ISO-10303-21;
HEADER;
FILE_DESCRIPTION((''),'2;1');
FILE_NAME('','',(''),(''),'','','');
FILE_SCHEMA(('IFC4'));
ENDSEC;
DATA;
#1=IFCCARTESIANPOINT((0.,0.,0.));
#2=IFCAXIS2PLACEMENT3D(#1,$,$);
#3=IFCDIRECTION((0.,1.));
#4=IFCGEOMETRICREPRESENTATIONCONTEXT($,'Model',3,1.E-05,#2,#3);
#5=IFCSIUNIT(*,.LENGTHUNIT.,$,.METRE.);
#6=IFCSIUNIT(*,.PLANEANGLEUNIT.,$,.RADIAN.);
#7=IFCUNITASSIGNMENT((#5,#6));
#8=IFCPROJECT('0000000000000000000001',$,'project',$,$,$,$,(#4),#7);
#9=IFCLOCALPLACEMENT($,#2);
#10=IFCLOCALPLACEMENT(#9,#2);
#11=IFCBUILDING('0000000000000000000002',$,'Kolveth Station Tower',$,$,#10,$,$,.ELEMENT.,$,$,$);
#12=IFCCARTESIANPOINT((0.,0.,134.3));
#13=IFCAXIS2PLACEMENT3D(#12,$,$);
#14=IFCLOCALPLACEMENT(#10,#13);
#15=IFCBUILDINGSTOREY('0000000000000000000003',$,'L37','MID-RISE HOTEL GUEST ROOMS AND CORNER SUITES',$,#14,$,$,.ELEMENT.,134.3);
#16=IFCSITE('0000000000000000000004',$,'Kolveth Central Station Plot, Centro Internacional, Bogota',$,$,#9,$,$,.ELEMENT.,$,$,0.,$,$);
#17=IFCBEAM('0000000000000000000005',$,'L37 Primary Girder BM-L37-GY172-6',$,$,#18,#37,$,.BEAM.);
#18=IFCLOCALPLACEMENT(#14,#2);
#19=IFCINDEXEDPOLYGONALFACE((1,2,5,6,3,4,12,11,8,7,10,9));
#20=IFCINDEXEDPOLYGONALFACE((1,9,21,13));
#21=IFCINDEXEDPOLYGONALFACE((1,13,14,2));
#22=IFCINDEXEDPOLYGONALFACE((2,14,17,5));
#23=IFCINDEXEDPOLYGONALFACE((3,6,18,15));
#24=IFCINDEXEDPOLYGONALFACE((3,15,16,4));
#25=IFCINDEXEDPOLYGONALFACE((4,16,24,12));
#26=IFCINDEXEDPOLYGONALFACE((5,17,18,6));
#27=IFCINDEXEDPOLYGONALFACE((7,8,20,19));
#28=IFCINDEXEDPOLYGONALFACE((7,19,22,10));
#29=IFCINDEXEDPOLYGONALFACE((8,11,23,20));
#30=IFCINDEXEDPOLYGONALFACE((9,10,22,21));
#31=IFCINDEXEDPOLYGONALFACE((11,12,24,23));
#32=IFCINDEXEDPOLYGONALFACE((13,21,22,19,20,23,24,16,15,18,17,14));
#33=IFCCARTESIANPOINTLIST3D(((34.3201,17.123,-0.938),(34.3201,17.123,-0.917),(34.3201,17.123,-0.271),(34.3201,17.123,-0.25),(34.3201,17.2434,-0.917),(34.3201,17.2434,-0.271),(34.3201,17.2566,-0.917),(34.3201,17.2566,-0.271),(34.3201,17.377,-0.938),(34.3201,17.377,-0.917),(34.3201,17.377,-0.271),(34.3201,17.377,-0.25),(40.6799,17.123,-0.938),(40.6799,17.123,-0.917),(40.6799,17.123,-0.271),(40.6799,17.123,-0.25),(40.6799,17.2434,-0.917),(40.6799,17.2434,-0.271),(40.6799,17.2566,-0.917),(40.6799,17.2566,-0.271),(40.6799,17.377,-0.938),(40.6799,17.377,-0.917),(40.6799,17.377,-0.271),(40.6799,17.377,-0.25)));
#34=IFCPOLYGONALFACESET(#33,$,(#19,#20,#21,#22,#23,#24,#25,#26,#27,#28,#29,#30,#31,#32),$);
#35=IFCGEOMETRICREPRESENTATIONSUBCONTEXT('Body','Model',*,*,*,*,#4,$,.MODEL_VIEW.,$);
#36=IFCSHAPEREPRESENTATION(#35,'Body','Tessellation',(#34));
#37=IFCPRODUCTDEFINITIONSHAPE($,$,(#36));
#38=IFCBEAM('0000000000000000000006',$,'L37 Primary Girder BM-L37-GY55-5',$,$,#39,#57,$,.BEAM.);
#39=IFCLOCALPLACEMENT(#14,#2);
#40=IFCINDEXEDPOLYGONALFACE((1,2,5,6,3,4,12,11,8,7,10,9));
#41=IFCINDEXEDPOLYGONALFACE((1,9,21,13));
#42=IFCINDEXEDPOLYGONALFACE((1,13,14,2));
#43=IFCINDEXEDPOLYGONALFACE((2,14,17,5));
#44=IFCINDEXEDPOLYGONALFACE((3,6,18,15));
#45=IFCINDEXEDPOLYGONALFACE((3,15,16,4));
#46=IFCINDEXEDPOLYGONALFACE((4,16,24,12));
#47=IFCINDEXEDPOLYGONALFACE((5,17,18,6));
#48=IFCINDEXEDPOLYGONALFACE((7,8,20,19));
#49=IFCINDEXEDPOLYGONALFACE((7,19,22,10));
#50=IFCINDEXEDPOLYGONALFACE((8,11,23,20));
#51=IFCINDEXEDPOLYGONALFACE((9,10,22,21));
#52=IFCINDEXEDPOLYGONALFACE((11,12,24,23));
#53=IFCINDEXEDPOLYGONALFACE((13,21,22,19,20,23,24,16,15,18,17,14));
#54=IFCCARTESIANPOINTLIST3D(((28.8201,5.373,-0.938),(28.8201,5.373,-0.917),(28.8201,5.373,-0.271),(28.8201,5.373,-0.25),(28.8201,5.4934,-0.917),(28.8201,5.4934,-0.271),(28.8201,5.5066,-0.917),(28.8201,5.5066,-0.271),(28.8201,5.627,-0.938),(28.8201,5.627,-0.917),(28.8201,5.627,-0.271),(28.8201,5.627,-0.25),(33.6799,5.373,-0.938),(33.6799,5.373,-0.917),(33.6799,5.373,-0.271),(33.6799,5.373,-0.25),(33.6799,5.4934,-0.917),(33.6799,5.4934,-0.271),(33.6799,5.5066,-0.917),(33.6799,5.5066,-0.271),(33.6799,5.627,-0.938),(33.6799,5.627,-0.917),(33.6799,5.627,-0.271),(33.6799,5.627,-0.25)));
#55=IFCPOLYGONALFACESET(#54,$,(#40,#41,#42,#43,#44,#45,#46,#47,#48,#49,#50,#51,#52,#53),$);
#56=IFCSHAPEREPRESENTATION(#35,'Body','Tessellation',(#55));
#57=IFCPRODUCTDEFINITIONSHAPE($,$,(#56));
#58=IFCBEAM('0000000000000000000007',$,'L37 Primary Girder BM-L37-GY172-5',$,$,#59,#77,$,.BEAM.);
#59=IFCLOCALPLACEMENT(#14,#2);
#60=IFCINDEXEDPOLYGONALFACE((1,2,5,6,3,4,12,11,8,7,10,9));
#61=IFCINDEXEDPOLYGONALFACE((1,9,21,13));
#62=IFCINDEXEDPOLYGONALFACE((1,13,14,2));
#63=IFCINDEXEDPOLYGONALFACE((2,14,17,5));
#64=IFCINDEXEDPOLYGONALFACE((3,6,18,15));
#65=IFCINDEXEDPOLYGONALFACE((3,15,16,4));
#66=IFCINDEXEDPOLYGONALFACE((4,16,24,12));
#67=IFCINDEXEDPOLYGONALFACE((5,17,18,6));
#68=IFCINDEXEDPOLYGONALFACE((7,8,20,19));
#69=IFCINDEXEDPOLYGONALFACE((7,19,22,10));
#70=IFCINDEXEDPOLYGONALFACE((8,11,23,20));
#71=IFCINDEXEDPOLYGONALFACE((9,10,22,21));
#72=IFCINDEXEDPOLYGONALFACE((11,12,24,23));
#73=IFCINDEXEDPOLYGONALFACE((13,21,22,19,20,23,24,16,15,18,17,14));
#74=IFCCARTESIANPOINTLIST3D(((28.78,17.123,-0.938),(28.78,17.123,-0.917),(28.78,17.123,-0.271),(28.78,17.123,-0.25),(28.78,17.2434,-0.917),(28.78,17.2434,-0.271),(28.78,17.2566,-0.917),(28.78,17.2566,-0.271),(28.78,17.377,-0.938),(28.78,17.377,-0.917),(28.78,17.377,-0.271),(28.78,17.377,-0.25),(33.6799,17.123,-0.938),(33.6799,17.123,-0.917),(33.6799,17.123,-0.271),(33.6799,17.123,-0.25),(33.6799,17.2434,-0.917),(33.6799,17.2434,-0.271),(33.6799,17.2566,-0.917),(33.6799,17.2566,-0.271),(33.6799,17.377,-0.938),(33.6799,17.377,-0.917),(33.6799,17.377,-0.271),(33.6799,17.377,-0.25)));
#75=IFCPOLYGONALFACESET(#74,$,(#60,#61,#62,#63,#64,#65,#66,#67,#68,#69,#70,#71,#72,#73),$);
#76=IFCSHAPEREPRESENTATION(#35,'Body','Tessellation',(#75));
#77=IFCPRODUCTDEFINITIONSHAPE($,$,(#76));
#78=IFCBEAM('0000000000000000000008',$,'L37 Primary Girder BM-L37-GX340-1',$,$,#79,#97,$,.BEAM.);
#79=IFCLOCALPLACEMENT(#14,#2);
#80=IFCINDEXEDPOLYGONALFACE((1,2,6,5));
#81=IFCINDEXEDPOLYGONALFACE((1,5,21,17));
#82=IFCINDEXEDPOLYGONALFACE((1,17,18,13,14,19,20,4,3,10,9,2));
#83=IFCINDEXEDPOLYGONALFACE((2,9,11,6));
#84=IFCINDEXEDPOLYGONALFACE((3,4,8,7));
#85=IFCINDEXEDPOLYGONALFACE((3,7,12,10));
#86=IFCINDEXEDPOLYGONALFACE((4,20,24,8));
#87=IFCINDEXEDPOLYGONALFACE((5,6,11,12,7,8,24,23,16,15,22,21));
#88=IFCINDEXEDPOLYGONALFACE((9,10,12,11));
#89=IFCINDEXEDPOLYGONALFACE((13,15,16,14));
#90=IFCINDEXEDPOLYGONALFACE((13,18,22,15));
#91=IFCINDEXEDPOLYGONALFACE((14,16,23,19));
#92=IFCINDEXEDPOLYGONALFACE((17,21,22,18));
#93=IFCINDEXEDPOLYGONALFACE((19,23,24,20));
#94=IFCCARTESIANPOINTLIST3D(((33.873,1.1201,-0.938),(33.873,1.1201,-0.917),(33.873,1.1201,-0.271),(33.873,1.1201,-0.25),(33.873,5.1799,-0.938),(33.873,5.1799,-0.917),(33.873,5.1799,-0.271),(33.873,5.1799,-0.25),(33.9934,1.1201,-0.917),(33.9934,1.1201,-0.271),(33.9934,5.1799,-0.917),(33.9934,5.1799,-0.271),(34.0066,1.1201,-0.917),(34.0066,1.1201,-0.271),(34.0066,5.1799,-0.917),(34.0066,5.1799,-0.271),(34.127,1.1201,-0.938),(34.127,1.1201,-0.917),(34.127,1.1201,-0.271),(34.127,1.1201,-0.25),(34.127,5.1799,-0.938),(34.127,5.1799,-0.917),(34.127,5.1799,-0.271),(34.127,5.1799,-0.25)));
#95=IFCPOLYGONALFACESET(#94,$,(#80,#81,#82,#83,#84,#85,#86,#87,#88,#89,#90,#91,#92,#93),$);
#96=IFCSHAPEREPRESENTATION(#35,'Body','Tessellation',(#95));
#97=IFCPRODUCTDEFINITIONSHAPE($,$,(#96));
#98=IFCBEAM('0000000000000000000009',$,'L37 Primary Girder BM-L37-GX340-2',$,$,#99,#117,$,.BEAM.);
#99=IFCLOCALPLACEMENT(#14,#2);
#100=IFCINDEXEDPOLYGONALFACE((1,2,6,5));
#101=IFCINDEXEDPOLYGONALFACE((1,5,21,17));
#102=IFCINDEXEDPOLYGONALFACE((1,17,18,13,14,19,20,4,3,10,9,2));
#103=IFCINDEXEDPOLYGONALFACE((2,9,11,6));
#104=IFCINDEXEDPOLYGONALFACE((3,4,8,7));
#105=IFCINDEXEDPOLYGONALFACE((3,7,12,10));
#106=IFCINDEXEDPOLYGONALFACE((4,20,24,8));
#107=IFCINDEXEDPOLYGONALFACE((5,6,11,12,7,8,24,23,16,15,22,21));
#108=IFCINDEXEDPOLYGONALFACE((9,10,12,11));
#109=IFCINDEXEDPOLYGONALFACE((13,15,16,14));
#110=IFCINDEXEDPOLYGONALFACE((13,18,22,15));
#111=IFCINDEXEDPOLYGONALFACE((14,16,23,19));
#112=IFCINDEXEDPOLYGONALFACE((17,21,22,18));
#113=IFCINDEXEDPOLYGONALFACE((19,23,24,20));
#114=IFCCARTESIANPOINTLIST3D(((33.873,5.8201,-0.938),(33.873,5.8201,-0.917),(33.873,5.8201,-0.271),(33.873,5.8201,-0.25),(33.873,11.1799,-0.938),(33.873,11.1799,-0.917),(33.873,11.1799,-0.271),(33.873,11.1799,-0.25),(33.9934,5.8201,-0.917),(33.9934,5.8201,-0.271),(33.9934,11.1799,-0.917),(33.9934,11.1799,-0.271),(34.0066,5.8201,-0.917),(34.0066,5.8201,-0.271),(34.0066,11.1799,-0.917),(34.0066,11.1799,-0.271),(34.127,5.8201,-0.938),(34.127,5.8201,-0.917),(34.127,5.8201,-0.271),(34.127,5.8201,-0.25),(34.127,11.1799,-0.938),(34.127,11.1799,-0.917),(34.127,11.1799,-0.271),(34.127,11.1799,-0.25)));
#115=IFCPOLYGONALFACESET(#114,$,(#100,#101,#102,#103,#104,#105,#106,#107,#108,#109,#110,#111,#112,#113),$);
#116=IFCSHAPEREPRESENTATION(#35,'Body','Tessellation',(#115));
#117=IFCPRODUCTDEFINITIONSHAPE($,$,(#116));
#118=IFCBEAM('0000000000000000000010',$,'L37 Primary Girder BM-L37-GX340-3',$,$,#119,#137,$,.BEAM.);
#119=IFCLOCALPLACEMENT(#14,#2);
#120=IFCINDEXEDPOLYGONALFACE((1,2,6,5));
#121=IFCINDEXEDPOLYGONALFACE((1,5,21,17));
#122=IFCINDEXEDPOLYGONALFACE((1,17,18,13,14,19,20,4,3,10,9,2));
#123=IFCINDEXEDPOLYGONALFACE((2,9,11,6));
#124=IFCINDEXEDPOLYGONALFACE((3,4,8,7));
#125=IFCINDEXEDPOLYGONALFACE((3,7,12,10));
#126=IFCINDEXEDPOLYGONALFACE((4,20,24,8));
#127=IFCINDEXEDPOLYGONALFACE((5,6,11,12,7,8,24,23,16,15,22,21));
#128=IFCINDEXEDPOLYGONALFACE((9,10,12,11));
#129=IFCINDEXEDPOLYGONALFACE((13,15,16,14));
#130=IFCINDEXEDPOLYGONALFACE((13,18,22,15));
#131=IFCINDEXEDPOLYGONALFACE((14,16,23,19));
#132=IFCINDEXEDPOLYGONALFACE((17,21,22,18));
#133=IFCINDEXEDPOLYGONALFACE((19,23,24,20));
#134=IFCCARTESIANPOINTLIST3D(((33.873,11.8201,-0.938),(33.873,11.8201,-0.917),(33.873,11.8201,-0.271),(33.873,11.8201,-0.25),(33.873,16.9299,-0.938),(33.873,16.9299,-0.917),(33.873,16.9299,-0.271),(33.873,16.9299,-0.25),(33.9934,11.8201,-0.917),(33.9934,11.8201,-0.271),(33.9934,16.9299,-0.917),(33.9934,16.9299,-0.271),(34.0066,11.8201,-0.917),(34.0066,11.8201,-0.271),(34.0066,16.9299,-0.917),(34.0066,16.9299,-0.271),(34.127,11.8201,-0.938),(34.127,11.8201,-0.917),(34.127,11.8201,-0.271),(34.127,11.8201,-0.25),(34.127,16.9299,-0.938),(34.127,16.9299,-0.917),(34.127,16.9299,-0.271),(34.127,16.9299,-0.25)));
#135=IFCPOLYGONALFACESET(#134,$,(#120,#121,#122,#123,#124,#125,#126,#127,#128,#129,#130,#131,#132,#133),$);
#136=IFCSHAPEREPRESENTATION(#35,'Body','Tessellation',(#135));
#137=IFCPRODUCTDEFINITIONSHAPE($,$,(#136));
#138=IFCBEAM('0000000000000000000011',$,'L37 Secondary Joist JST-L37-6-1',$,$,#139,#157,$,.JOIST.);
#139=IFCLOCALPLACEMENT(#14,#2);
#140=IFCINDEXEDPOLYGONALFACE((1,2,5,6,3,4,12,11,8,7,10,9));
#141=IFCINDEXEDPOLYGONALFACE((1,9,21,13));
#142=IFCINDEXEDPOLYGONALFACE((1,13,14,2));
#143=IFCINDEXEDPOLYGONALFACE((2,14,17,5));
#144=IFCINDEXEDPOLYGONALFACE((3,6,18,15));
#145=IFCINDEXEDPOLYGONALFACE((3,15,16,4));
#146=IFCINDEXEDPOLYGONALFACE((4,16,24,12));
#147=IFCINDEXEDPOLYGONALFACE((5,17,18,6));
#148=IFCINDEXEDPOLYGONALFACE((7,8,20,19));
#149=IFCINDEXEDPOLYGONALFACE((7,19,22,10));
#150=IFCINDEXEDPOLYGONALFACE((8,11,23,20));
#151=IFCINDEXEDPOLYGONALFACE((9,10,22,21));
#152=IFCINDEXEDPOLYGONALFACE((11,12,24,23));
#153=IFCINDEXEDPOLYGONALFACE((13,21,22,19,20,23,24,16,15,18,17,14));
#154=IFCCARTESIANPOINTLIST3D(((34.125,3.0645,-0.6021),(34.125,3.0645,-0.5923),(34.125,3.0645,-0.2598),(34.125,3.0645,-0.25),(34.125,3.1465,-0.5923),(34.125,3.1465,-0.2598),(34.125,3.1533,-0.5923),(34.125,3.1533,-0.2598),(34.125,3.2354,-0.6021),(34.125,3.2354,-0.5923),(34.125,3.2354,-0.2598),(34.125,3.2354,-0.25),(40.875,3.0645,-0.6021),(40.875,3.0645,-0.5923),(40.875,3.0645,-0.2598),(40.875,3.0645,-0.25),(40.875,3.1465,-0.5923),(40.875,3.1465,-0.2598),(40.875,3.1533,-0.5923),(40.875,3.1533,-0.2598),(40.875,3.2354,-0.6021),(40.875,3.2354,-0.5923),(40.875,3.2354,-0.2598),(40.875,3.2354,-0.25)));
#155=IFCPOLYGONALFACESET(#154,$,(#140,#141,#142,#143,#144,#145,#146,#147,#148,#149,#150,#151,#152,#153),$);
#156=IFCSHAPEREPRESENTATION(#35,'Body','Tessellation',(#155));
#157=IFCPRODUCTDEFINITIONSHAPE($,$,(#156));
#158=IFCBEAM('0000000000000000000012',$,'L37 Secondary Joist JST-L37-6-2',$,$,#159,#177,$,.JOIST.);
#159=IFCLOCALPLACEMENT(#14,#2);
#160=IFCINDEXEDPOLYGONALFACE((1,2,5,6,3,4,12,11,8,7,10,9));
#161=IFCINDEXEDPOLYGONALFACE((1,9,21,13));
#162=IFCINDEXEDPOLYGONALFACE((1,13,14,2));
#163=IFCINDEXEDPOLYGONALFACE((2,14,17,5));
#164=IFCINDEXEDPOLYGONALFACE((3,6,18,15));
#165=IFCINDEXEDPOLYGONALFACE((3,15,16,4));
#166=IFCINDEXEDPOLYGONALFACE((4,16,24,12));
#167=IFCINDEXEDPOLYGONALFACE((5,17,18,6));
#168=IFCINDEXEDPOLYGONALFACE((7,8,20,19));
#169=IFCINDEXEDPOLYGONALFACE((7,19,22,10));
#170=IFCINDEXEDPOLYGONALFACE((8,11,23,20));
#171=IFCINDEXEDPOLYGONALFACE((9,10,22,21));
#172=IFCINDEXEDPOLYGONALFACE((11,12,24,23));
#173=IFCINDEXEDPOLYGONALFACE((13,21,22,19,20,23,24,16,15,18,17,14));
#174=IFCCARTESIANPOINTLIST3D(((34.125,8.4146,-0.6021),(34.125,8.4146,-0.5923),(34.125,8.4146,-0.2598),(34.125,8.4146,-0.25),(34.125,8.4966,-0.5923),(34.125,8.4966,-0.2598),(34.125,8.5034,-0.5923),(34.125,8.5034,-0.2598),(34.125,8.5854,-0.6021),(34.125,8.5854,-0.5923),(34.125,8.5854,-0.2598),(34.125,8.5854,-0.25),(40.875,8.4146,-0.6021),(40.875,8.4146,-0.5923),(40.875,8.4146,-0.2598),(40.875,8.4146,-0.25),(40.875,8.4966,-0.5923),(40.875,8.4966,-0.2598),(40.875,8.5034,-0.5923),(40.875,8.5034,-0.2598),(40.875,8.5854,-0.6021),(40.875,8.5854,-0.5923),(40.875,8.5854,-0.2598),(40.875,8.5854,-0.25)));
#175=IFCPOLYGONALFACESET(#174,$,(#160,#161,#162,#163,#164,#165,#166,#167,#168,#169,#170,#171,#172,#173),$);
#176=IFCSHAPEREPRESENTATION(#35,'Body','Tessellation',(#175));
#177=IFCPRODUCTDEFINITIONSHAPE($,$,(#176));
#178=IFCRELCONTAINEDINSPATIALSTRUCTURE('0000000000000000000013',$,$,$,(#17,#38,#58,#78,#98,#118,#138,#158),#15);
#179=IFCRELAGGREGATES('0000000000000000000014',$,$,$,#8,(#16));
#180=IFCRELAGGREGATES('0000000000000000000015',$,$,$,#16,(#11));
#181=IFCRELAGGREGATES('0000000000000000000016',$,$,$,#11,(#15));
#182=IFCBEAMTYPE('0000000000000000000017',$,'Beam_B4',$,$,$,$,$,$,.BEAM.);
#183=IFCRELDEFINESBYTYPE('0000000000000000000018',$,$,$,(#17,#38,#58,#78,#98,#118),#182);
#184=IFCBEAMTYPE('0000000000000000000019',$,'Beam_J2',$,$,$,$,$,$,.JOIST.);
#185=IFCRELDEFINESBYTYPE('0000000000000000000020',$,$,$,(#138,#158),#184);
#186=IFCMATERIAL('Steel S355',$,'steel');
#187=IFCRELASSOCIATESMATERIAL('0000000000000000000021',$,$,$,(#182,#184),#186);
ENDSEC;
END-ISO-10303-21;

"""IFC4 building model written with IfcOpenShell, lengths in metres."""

from ifc_helpers import new_model, si_unit, direction, frame, origin, origin_2d, place, context, subcontext, project, spatial, i_section, extrude, source, transform, mapped, material, material_profile, profile_set, type_object, element, save


model = new_model("IFC4")

# Units and contexts
model_context = context("Model", 3, precision=1e-05, world=origin(), true_north=direction((0.0, 1.0)))
body_context = subcontext(model_context, "Body", "Model", "MODEL_VIEW")
ifc_project = project(units=[si_unit("LENGTHUNIT", "METRE"), si_unit("PLANEANGLEUNIT", "RADIAN")], contexts=[model_context])

# Site, building, storey
site_placement = place(None, origin())
site = spatial("IfcSite", under=ifc_project, at=site_placement, Name="Kolveth Central Station Plot, Centro Internacional, Bogota", CompositionType="ELEMENT", RefElevation=0.0)
building_placement = place(site_placement, origin())
building = spatial("IfcBuilding", under=site, at=building_placement, Name="Kolveth Station Tower", CompositionType="ELEMENT")
storey_placement = place(building_placement, frame((0.0, 0.0, 134.3)))
storey = spatial("IfcBuildingStorey", under=building, at=storey_placement, Name="L37", Description="MID-RISE HOTEL GUEST ROOMS AND CORNER SUITES", CompositionType="ELEMENT", Elevation=134.3)

# Beams
ifc_material_1 = material(Name="Steel S355", Category="steel")
ifc_material_profile_1 = material_profile(ifc_material_1, i_section(OverallWidth=0.2539, OverallDepth=0.688, WebThickness=0.0132, FlangeThickness=0.021, at=origin_2d()), Name="W690x152")
ifc_profile_set_1 = profile_set([ifc_material_profile_1], Name="Steel S355")
beam_type_1 = type_object("IfcBeamType", Name="Beam_B4", PredefinedType="BEAM", material=ifc_profile_set_1)
shared_shape_1 = source(origin(), body_context, "Body", "SweptSolid", [
    extrude(i_section(OverallWidth=0.2539, OverallDepth=0.688, WebThickness=0.0132, FlangeThickness=0.021, at=origin_2d()), origin(), (0.0, 0.0, 1.0), 6.3599),
])
for number, where, z_axis, x_axis, name in (
    (1, (34.3201, 17.25, -0.594), (1.0, 0.0, 0.0), (0.0, 1.0, 0.0), "L37 Primary Girder BM-L37-GY172-6"),
):
    element("IfcBeam", number, at=place(storey_placement, frame(where, z_axis=z_axis, x_axis=x_axis)), inside=storey, type_object=beam_type_1, Name=name, PredefinedType="BEAM", context=body_context, shape_type="MappedRepresentation", body=[
        mapped(shared_shape_1, transform((0.0, 0.0, 0.0), x_axis=(1.0, 0.0, 0.0), y_axis=(0.0, 1.0, 0.0), z_axis=(0.0, 0.0, 1.0), scale=1.0)),
    ])
shared_shape_2 = source(origin(), body_context, "Body", "SweptSolid", [
    extrude(i_section(OverallWidth=0.2539, OverallDepth=0.688, WebThickness=0.0132, FlangeThickness=0.021, at=origin_2d()), origin(), (0.0, 0.0, 1.0), 4.8599),
])
beam_1_placement = place(storey_placement, frame((28.8201, 5.5, -0.594), z_axis=(1.0, 0.0, 0.0), x_axis=(0.0, 1.0, 0.0)))
element("IfcBeam", 2, at=beam_1_placement, inside=storey, type_object=beam_type_1, Name="L37 Primary Girder BM-L37-GY55-5", PredefinedType="BEAM", context=body_context, shape_type="MappedRepresentation", body=[
    mapped(shared_shape_2, transform((0.0, 0.0, 0.0), x_axis=(1.0, 0.0, 0.0), y_axis=(0.0, 1.0, 0.0), z_axis=(0.0, 0.0, 1.0), scale=1.0)),
])
shared_shape_3 = source(origin(), body_context, "Body", "SweptSolid", [
    extrude(i_section(OverallWidth=0.2539, OverallDepth=0.688, WebThickness=0.0132, FlangeThickness=0.021, at=origin_2d()), origin(), (0.0, 0.0, 1.0), 4.8999),
])
beam_2_placement = place(storey_placement, frame((28.78, 17.25, -0.594), z_axis=(1.0, 0.0, 0.0), x_axis=(0.0, 1.0, 0.0)))
element("IfcBeam", 3, at=beam_2_placement, inside=storey, type_object=beam_type_1, Name="L37 Primary Girder BM-L37-GY172-5", PredefinedType="BEAM", context=body_context, shape_type="MappedRepresentation", body=[
    mapped(shared_shape_3, transform((0.0, 0.0, 0.0), x_axis=(1.0, 0.0, 0.0), y_axis=(0.0, 1.0, 0.0), z_axis=(0.0, 0.0, 1.0), scale=1.0)),
])
shared_shape_4 = source(origin(), body_context, "Body", "SweptSolid", [
    extrude(i_section(OverallWidth=0.2539, OverallDepth=0.688, WebThickness=0.0132, FlangeThickness=0.021, at=origin_2d()), origin(), (0.0, 0.0, 1.0), 4.0598),
])
beam_3_placement = place(storey_placement, frame((34.0, 1.1201, -0.594), z_axis=(0.0, 1.0, 0.0), x_axis=(-1.0, 0.0, 0.0)))
element("IfcBeam", 4, at=beam_3_placement, inside=storey, type_object=beam_type_1, Name="L37 Primary Girder BM-L37-GX340-1", PredefinedType="BEAM", context=body_context, shape_type="MappedRepresentation", body=[
    mapped(shared_shape_4, transform((0.0, 0.0, 0.0), x_axis=(1.0, 0.0, 0.0), y_axis=(0.0, 1.0, 0.0), z_axis=(0.0, 0.0, 1.0), scale=1.0)),
])
shared_shape_5 = source(origin(), body_context, "Body", "SweptSolid", [
    extrude(i_section(OverallWidth=0.2539, OverallDepth=0.688, WebThickness=0.0132, FlangeThickness=0.021, at=origin_2d()), origin(), (0.0, 0.0, 1.0), 5.3599),
])
beam_4_placement = place(storey_placement, frame((34.0, 5.8201, -0.594), z_axis=(0.0, 1.0, 0.0), x_axis=(-1.0, 0.0, 0.0)))
element("IfcBeam", 5, at=beam_4_placement, inside=storey, type_object=beam_type_1, Name="L37 Primary Girder BM-L37-GX340-2", PredefinedType="BEAM", context=body_context, shape_type="MappedRepresentation", body=[
    mapped(shared_shape_5, transform((0.0, 0.0, 0.0), x_axis=(1.0, 0.0, 0.0), y_axis=(0.0, 1.0, 0.0), z_axis=(0.0, 0.0, 1.0), scale=1.0)),
])
shared_shape_6 = source(origin(), body_context, "Body", "SweptSolid", [
    extrude(i_section(OverallWidth=0.2539, OverallDepth=0.688, WebThickness=0.0132, FlangeThickness=0.021, at=origin_2d()), origin(), (0.0, 0.0, 1.0), 5.1099),
])
beam_5_placement = place(storey_placement, frame((34.0, 11.8201, -0.594), z_axis=(0.0, 1.0, 0.0), x_axis=(-1.0, 0.0, 0.0)))
element("IfcBeam", 6, at=beam_5_placement, inside=storey, type_object=beam_type_1, Name="L37 Primary Girder BM-L37-GX340-3", PredefinedType="BEAM", context=body_context, shape_type="MappedRepresentation", body=[
    mapped(shared_shape_6, transform((0.0, 0.0, 0.0), x_axis=(1.0, 0.0, 0.0), y_axis=(0.0, 1.0, 0.0), z_axis=(0.0, 0.0, 1.0), scale=1.0)),
])
ifc_material_profile_2 = material_profile(ifc_material_1, i_section(OverallWidth=0.1709, OverallDepth=0.3521, WebThickness=0.0068, FlangeThickness=0.0098, at=origin_2d()), Name="W360x44")
ifc_profile_set_2 = profile_set([ifc_material_profile_2], Name="Steel S355")
beam_type_2 = type_object("IfcBeamType", Name="Beam_J2", PredefinedType="JOIST", material=ifc_profile_set_2)
shared_shape_7 = source(origin(), body_context, "Body", "SweptSolid", [
    extrude(i_section(OverallWidth=0.1709, OverallDepth=0.3521, WebThickness=0.0068, FlangeThickness=0.0098, at=origin_2d()), origin(), (0.0, 0.0, 1.0), 6.75),
])
for number, where, z_axis, x_axis, name in (
    (7, (34.125, 3.1499, -0.426), (1.0, 0.0, 0.0), (0.0, 1.0, 0.0), "L37 Secondary Joist JST-L37-6-1"),
    (8, (34.125, 8.5, -0.426), (1.0, 0.0, 0.0), (0.0, 1.0, 0.0), "L37 Secondary Joist JST-L37-6-2"),
):
    element("IfcBeam", number, at=place(storey_placement, frame(where, z_axis=z_axis, x_axis=x_axis)), inside=storey, type_object=beam_type_2, Name=name, PredefinedType="JOIST", context=body_context, shape_type="MappedRepresentation", body=[
        mapped(shared_shape_7, transform((0.0, 0.0, 0.0), x_axis=(1.0, 0.0, 0.0), y_axis=(0.0, 1.0, 0.0), z_axis=(0.0, 0.0, 1.0), scale=1.0)),
    ])

save(model, "model.ifc")
